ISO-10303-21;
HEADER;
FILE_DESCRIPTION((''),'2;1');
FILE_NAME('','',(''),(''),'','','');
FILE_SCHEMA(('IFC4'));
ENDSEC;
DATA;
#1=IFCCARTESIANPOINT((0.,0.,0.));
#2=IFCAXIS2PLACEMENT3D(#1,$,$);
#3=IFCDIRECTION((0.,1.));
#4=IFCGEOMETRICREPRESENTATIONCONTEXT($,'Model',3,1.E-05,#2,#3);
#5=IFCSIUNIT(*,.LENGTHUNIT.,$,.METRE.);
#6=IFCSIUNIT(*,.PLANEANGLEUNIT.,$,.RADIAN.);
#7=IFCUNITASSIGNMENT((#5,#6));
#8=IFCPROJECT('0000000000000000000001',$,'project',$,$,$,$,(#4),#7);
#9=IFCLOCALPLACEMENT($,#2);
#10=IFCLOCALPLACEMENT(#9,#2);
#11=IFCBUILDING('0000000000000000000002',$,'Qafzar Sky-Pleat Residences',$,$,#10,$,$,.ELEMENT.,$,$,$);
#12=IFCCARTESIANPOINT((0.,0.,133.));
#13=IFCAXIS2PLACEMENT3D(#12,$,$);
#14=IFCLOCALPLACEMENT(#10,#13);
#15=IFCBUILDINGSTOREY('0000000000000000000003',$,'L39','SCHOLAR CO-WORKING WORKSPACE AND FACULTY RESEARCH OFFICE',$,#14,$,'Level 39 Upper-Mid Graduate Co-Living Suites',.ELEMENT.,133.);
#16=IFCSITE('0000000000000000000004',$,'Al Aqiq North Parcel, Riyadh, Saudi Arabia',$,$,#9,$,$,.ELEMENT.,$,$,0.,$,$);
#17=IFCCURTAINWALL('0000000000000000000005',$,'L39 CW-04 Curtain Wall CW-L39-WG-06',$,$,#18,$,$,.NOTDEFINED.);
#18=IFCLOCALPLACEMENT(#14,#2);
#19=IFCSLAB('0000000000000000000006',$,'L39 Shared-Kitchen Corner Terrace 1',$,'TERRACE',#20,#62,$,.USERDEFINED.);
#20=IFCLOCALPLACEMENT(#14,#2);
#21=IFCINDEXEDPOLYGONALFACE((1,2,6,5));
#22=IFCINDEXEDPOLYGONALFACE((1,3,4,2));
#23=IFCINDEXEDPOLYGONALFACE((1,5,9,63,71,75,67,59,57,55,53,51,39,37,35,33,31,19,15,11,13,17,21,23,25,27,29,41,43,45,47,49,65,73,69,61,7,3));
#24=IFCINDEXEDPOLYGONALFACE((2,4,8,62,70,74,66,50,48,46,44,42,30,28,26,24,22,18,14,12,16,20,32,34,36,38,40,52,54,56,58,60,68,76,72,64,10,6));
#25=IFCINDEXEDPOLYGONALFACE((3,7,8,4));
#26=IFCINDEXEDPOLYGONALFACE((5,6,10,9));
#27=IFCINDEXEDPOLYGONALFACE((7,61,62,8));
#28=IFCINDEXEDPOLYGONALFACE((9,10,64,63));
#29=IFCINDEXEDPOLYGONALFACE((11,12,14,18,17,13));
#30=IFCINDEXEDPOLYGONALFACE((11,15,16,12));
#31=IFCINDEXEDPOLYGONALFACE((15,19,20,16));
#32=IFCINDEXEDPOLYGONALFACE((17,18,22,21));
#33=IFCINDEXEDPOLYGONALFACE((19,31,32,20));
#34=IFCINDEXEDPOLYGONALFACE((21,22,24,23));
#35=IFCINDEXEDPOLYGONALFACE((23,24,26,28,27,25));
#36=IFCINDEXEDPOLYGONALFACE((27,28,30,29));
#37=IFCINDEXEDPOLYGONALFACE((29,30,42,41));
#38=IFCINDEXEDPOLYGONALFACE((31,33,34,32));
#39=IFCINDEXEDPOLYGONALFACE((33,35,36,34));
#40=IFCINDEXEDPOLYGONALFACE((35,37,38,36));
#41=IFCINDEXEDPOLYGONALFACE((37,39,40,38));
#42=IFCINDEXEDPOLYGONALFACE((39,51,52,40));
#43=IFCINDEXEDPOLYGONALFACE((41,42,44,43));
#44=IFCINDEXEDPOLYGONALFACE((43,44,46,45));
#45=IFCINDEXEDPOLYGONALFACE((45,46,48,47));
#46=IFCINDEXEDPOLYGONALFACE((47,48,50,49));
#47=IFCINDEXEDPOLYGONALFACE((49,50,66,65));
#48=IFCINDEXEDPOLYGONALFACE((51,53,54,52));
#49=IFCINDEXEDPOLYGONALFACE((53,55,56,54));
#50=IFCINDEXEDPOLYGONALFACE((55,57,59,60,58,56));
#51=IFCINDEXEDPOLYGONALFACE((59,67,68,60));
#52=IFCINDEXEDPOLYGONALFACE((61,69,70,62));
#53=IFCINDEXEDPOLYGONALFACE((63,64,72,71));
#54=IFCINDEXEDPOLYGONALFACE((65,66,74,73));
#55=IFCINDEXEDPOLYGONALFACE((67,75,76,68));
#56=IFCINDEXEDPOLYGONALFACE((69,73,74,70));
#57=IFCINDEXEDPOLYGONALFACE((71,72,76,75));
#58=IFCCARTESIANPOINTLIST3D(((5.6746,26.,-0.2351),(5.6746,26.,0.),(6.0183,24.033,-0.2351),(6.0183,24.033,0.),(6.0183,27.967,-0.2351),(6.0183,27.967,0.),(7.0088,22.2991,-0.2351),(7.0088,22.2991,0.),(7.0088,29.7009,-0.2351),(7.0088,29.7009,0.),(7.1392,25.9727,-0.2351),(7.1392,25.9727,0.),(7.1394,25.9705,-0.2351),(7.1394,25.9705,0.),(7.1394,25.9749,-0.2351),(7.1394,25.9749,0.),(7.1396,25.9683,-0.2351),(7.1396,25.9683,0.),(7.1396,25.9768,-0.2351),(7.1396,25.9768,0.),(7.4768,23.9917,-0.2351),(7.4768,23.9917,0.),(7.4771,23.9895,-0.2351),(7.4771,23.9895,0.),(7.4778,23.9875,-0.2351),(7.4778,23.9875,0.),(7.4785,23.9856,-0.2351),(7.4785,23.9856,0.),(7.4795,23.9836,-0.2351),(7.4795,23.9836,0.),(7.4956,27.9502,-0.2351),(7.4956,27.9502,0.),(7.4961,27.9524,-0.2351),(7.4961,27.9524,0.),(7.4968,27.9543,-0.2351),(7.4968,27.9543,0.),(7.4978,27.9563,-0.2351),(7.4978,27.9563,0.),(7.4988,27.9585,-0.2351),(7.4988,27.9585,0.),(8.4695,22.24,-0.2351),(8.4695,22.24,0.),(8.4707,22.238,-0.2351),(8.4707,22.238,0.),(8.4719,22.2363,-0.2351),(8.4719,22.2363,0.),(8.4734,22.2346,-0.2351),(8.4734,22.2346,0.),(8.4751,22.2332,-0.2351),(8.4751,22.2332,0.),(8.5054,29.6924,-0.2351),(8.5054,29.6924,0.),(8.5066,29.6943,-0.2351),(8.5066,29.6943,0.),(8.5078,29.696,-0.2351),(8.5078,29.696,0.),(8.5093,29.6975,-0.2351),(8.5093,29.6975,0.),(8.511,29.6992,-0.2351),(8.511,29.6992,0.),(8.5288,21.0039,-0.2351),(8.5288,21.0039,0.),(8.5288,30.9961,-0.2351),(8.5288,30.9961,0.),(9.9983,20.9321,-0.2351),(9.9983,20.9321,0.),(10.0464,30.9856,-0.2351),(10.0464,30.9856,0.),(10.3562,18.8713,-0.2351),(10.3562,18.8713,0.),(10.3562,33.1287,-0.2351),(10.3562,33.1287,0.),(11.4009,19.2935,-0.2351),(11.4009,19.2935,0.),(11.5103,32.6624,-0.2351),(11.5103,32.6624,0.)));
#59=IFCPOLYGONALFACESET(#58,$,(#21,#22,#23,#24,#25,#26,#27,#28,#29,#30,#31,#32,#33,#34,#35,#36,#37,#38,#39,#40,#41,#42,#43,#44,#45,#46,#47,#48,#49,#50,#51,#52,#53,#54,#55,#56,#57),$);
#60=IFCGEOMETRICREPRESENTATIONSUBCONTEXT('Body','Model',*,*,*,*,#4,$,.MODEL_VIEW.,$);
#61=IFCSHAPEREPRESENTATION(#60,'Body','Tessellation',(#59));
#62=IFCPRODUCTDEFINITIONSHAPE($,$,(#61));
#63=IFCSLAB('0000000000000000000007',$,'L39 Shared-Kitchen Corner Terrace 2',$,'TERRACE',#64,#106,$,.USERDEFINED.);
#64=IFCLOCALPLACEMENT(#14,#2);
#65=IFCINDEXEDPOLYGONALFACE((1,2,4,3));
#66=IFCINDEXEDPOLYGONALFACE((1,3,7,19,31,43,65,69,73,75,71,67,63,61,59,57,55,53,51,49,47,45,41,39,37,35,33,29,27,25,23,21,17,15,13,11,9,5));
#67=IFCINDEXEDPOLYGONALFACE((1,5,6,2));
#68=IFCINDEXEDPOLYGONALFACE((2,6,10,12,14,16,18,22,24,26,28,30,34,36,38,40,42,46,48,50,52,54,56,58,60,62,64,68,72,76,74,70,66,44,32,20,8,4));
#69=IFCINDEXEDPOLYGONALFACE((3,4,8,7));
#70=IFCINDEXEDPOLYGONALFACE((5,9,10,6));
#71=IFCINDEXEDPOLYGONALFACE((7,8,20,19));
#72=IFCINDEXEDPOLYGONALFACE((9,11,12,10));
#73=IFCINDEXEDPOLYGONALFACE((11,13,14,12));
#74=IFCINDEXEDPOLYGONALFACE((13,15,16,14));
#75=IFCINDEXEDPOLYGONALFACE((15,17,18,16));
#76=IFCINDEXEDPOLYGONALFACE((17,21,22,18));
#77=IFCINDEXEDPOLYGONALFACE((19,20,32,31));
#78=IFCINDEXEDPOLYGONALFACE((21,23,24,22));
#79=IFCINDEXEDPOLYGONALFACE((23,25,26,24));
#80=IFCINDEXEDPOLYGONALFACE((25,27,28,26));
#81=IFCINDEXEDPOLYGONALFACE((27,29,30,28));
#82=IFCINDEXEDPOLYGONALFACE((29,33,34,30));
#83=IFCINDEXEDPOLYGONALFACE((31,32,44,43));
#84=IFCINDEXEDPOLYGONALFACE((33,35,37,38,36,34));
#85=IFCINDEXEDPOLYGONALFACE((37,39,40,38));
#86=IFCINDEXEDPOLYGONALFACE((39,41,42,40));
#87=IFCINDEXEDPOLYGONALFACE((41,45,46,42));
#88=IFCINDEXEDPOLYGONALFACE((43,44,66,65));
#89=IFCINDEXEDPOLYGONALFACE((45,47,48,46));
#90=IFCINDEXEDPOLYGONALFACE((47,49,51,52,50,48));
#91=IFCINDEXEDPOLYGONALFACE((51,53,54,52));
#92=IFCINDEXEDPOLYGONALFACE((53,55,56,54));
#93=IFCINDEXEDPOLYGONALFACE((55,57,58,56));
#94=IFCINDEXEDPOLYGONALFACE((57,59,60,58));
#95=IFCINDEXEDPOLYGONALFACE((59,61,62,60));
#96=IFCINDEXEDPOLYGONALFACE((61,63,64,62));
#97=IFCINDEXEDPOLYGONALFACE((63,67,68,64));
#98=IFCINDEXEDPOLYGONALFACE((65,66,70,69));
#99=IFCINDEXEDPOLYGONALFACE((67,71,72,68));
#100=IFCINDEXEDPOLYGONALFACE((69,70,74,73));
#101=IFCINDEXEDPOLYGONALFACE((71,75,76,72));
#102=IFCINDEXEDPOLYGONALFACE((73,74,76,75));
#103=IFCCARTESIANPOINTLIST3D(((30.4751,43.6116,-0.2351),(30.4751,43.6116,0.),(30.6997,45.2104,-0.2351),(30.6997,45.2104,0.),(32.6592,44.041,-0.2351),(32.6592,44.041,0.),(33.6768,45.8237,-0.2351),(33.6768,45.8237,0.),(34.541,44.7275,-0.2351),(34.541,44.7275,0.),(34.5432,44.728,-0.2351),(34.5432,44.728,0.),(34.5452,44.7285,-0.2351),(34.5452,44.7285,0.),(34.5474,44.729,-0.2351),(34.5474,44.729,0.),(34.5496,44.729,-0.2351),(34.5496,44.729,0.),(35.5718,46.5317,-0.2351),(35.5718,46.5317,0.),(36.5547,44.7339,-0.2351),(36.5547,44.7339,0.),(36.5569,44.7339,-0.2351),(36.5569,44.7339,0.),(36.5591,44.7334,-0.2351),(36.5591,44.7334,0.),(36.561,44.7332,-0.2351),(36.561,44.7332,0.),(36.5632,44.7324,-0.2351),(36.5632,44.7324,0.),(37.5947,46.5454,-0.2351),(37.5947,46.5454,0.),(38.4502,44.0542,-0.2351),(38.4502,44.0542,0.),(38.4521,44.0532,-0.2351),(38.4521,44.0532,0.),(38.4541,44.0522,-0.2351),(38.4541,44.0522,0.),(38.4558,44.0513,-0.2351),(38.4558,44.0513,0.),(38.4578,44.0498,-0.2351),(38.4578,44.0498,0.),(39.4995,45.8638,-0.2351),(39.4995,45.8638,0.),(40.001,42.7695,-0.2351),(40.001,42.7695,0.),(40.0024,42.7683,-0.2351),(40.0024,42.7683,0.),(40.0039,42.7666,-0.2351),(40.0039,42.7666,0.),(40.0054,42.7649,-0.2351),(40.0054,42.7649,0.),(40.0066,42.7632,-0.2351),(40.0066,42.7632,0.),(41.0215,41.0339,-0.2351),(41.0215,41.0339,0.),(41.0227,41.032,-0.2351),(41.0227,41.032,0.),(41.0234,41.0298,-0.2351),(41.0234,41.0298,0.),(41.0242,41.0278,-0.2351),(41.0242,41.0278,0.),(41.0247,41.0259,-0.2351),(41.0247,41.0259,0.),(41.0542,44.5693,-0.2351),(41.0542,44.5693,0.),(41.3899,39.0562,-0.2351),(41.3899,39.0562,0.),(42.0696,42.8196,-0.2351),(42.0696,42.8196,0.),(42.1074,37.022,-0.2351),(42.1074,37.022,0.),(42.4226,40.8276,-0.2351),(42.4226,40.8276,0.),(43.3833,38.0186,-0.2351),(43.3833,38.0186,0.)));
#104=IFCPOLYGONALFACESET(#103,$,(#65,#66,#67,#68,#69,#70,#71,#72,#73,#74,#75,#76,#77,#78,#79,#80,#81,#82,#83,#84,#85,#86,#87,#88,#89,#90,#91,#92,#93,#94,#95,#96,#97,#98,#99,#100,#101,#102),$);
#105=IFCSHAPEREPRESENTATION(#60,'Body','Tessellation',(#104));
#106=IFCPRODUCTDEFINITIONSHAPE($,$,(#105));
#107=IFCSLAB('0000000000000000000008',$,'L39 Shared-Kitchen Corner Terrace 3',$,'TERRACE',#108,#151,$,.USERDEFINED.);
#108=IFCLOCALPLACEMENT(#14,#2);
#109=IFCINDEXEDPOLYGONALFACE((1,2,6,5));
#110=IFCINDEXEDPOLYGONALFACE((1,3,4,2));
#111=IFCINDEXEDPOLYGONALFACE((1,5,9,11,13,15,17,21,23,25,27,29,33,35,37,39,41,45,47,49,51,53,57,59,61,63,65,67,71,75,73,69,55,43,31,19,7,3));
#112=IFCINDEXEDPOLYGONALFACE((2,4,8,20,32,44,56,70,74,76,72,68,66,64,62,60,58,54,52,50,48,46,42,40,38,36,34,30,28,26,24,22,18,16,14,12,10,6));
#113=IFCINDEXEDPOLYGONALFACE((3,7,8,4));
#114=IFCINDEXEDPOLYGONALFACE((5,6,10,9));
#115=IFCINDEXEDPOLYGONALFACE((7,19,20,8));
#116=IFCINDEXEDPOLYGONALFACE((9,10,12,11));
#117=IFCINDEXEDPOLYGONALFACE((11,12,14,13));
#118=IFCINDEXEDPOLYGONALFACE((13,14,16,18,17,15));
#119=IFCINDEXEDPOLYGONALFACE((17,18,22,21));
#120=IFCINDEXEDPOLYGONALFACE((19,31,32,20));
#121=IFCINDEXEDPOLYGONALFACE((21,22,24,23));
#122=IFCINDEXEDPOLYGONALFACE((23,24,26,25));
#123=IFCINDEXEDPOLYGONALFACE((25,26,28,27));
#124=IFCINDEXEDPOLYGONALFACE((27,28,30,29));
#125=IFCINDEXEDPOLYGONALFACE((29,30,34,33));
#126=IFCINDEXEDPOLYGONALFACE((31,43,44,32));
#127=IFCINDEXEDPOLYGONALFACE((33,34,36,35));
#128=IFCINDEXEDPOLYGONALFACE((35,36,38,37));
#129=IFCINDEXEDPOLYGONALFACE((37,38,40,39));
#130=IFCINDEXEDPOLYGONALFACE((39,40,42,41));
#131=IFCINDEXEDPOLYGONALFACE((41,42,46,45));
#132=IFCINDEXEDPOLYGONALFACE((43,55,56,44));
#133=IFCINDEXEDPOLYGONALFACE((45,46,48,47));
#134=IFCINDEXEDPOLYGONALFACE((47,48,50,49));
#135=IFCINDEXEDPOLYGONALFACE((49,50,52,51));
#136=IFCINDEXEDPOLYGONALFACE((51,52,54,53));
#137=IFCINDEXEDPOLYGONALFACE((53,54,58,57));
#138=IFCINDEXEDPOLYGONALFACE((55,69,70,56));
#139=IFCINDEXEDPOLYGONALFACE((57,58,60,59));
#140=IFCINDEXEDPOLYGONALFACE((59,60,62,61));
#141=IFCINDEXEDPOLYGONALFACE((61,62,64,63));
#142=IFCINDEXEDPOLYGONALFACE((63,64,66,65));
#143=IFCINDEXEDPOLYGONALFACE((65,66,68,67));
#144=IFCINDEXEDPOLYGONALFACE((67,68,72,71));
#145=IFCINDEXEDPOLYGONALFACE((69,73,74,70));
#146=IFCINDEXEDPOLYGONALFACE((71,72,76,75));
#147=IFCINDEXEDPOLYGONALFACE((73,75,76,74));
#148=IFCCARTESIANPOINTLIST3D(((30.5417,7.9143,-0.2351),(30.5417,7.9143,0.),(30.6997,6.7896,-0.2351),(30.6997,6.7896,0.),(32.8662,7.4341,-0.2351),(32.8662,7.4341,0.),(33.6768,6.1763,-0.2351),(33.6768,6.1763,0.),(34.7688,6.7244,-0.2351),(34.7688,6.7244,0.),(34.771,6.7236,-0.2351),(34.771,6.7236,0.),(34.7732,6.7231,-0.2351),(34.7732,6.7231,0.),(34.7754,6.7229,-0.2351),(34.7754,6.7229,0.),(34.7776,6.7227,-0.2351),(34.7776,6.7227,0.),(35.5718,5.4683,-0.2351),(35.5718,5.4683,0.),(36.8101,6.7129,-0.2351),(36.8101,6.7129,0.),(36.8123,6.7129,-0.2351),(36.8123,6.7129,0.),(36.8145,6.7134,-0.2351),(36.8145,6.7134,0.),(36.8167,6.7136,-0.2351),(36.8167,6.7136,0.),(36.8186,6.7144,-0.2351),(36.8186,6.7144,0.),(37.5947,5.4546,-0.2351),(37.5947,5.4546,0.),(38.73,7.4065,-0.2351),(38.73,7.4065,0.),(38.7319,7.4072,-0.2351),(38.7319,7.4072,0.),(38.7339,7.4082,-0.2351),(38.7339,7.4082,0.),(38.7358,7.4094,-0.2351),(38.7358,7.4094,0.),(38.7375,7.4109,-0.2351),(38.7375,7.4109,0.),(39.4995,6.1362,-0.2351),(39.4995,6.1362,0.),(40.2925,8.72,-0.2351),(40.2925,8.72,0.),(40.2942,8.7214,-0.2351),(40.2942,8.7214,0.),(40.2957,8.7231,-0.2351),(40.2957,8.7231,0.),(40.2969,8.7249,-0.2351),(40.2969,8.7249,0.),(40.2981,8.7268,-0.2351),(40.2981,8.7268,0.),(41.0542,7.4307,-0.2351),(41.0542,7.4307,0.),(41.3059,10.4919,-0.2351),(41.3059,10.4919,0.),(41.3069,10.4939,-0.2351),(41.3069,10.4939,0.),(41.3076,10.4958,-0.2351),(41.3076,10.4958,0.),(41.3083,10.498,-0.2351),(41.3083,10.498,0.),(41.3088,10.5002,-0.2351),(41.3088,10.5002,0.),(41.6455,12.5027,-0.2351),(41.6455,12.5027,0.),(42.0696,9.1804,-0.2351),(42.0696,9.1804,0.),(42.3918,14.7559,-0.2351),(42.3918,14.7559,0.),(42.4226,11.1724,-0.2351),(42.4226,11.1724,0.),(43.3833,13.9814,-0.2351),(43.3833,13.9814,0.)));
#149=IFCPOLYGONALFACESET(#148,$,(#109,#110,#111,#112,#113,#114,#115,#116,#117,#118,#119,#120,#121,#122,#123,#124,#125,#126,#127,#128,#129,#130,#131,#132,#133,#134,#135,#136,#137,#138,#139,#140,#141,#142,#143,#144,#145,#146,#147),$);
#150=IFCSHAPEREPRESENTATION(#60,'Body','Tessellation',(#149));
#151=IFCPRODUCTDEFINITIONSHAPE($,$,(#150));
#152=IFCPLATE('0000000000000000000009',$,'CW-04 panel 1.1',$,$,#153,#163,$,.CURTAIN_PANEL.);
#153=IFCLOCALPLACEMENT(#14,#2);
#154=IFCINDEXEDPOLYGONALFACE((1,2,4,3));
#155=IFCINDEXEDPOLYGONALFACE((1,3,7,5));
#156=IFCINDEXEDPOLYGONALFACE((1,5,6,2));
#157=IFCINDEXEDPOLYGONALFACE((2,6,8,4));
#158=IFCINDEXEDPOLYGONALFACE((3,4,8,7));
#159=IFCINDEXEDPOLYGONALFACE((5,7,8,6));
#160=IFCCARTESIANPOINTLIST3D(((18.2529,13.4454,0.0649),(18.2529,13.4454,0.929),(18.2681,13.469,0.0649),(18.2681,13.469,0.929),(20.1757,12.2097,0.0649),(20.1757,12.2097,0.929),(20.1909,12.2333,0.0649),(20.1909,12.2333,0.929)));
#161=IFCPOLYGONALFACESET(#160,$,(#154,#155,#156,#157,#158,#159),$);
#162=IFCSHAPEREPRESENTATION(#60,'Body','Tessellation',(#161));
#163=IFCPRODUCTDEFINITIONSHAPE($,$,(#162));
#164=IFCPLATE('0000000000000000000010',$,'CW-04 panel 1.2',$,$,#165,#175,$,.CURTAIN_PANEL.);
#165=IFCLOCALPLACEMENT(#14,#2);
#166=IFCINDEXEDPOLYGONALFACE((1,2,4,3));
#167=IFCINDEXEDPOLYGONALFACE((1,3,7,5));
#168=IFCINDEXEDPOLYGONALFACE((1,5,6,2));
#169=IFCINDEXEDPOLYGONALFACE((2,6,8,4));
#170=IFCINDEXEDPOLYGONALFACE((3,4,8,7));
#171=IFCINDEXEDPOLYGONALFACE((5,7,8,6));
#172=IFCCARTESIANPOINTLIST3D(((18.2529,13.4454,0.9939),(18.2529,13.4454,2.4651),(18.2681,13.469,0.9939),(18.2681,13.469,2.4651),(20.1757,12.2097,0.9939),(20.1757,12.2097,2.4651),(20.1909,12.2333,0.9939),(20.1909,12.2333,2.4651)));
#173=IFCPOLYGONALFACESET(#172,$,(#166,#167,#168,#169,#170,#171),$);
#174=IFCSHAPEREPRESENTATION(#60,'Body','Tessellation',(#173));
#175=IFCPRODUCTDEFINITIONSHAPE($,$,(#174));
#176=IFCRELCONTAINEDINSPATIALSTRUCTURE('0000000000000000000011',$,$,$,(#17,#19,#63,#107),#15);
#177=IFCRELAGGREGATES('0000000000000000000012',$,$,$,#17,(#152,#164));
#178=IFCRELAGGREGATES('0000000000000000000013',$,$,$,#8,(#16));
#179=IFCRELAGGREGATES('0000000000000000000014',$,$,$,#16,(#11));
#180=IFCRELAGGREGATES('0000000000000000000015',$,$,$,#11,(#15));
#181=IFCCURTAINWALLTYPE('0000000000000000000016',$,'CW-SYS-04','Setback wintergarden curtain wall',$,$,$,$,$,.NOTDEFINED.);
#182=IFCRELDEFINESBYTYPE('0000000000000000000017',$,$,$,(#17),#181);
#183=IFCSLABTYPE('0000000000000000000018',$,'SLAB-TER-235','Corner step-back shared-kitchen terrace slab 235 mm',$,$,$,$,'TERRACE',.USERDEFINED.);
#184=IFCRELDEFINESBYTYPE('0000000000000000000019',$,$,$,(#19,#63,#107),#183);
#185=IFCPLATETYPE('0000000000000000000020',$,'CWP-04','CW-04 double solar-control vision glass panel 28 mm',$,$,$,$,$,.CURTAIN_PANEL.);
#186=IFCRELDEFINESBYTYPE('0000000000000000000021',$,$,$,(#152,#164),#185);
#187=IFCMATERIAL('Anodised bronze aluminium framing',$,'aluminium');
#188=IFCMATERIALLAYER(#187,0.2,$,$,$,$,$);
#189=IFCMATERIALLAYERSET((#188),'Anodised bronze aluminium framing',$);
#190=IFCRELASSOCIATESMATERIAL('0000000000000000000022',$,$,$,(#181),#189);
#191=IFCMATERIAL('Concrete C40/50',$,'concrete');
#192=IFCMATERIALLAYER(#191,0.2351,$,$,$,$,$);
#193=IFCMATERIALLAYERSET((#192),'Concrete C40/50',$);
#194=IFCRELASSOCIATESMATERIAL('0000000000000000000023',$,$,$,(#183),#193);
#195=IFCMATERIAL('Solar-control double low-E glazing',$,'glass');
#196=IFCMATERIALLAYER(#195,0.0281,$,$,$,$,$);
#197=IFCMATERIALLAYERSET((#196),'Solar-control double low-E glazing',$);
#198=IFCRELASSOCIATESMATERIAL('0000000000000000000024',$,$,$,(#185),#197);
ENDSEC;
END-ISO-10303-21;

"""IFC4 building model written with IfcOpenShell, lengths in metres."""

from ifc_helpers import new_model, si_unit, direction, frame, origin, origin_2d, place, context, subcontext, project, spatial, polyline, rectangle, outline, extrude, source, transform, mapped, material, layer, layer_set, type_object, element, aggregate, save


model = new_model("IFC4")

# Units and contexts
model_context = context("Model", 3, precision=1e-05, world=origin(), true_north=direction((0.0, 1.0)))
body_context = subcontext(model_context, "Body", "Model", "MODEL_VIEW")
ifc_project = project(units=[si_unit("LENGTHUNIT", "METRE"), si_unit("PLANEANGLEUNIT", "RADIAN")], contexts=[model_context])

# Site, building, storey
site_placement = place(None, origin())
site = spatial("IfcSite", under=ifc_project, at=site_placement, Name="Al Aqiq North Parcel, Riyadh, Saudi Arabia", CompositionType="ELEMENT", RefElevation=0.0)
building_placement = place(site_placement, origin())
building = spatial("IfcBuilding", under=site, at=building_placement, Name="Qafzar Sky-Pleat Residences", CompositionType="ELEMENT")
storey_placement = place(building_placement, frame((0.0, 0.0, 133.0)))
storey = spatial("IfcBuildingStorey", under=building, at=storey_placement, Name="L39", Description="SCHOLAR CO-WORKING WORKSPACE AND FACULTY RESEARCH OFFICE", LongName="Level 39 Upper-Mid Graduate Co-Living Suites", CompositionType="ELEMENT", Elevation=133.0)

# Curtain wall
ifc_material_1 = material(Name="Anodised bronze aluminium framing", Category="aluminium")
ifc_layer_1 = layer(ifc_material_1, 0.2)
ifc_layer_set_1 = layer_set([ifc_layer_1], Name="Anodised bronze aluminium framing")
curtain_wall_type = type_object("IfcCurtainWallType", Name="CW-SYS-04", Description="Setback wintergarden curtain wall", PredefinedType="NOTDEFINED", material=ifc_layer_set_1)
curtain_wall_placement = place(storey_placement, origin())
curtain_wall = element("IfcCurtainWall", 1, at=curtain_wall_placement, inside=storey, type_object=curtain_wall_type, Name="L39 CW-04 Curtain Wall CW-L39-WG-06", PredefinedType="NOTDEFINED")

# Shared definitions
ifc_material_2 = material(Name="Concrete C40/50", Category="concrete")

# Slabs
ifc_layer_2 = layer(ifc_material_2, 0.2351)
ifc_layer_set_2 = layer_set([ifc_layer_2], Name="Concrete C40/50")
slab_type_1 = type_object("IfcSlabType", Name="SLAB-TER-235", Description="Corner step-back shared-kitchen terrace slab 235 mm", ElementType="TERRACE", PredefinedType="USERDEFINED", material=ifc_layer_set_2)
slab_1_placement = place(storey_placement, frame((0.0, 0.0, -0.2351)))
element("IfcSlab", 2, at=slab_1_placement, inside=storey, type_object=slab_type_1, Name="L39 Shared-Kitchen Corner Terrace 1", ObjectType="TERRACE", PredefinedType="USERDEFINED", context=body_context, shape_type="SweptSolid", body=[
    extrude(outline(polyline([(10.0464, 30.9856), (8.511, 29.6992), (8.5093, 29.6975), (8.5078, 29.696), (8.5066, 29.6943), (8.5054, 29.6924), (7.4988, 27.9585), (7.4978, 27.9563), (7.4968, 27.9543), (7.4961, 27.9524), (7.4956, 27.9502), (7.1396, 25.9768), (7.1394, 25.9749), (7.1392, 25.9727), (7.1394, 25.9705), (7.1396, 25.9683), (7.4768, 23.9917), (7.4771, 23.9895), (7.4778, 23.9875), (7.4785, 23.9856), (7.4795, 23.9836), (8.4695, 22.24), (8.4707, 22.238), (8.4719, 22.2363), (8.4734, 22.2346), (8.4751, 22.2332), (9.9983, 20.9321), (11.4009, 19.2935), (10.3562, 18.8713), (8.5288, 21.0039), (7.0088, 22.2991), (6.0183, 24.033), (5.6746, 26.0), (6.0183, 27.967), (7.0088, 29.7009), (8.5288, 30.9961), (10.3562, 33.1287), (11.5103, 32.6624), (10.0464, 30.9856)])), origin(), (0.0, 0.0, 1.0), 0.2351),
])
slab_2_placement = place(storey_placement, frame((0.0, 0.0, -0.2351)))
element("IfcSlab", 3, at=slab_2_placement, inside=storey, type_object=slab_type_1, Name="L39 Shared-Kitchen Corner Terrace 2", ObjectType="TERRACE", PredefinedType="USERDEFINED", context=body_context, shape_type="SweptSolid", body=[
    extrude(outline(polyline([(33.6768, 45.8237), (35.5718, 46.5317), (37.5947, 46.5454), (39.4995, 45.8638), (41.0542, 44.5693), (42.0696, 42.8196), (42.4226, 40.8276), (43.3833, 38.0186), (42.1074, 37.022), (41.3899, 39.0562), (41.0247, 41.0259), (41.0242, 41.0278), (41.0234, 41.0298), (41.0227, 41.032), (41.0215, 41.0339), (40.0066, 42.7632), (40.0054, 42.7649), (40.0039, 42.7666), (40.0024, 42.7683), (40.001, 42.7695), (38.4578, 44.0498), (38.4558, 44.0513), (38.4541, 44.0522), (38.4521, 44.0532), (38.4502, 44.0542), (36.5632, 44.7324), (36.561, 44.7332), (36.5591, 44.7334), (36.5569, 44.7339), (36.5547, 44.7339), (34.5496, 44.729), (34.5474, 44.729), (34.5452, 44.7285), (34.5432, 44.728), (34.541, 44.7275), (32.6592, 44.041), (30.4751, 43.6116), (30.6997, 45.2104), (33.6768, 45.8237)])), origin(), (0.0, 0.0, 1.0), 0.2351),
])
slab_3_placement = place(storey_placement, frame((0.0, 0.0, -0.2351)))
element("IfcSlab", 4, at=slab_3_placement, inside=storey, type_object=slab_type_1, Name="L39 Shared-Kitchen Corner Terrace 3", ObjectType="TERRACE", PredefinedType="USERDEFINED", context=body_context, shape_type="SweptSolid", body=[
    extrude(outline(polyline([(42.4226, 11.1724), (42.0696, 9.1804), (41.0542, 7.4307), (39.4995, 6.1362), (37.5947, 5.4546), (35.5718, 5.4683), (33.6768, 6.1763), (30.6997, 6.7896), (30.5417, 7.9143), (32.8662, 7.4341), (34.7688, 6.7244), (34.771, 6.7236), (34.7732, 6.7231), (34.7754, 6.7229), (34.7776, 6.7227), (36.8101, 6.7129), (36.8123, 6.7129), (36.8145, 6.7134), (36.8167, 6.7136), (36.8186, 6.7144), (38.73, 7.4065), (38.7319, 7.4072), (38.7339, 7.4082), (38.7358, 7.4094), (38.7375, 7.4109), (40.2925, 8.72), (40.2942, 8.7214), (40.2957, 8.7231), (40.2969, 8.7249), (40.2981, 8.7268), (41.3059, 10.4919), (41.3069, 10.4939), (41.3076, 10.4958), (41.3083, 10.498), (41.3088, 10.5002), (41.6455, 12.5027), (42.3918, 14.7559), (43.3833, 13.9814), (42.4226, 11.1724)])), origin(), (0.0, 0.0, 1.0), 0.2351),
])

# Plates
ifc_material_3 = material(Name="Solar-control double low-E glazing", Category="glass")
ifc_layer_3 = layer(ifc_material_3, 0.0281)
ifc_layer_set_3 = layer_set([ifc_layer_3], Name="Solar-control double low-E glazing")
plate_type = type_object("IfcPlateType", Name="CWP-04", Description="CW-04 double solar-control vision glass panel 28 mm", PredefinedType="CURTAIN_PANEL", material=ifc_layer_set_3)
shared_shape_1 = source(origin(), body_context, "Body", "SweptSolid", [
    extrude(rectangle(XDim=2.2856, YDim=0.0281, at=origin_2d()), origin(), (0.0, 0.0, 1.0), 0.864),
])
plate_1_placement = place(storey_placement, frame((19.2219, 12.8394, 0.0649), z_axis=(0.0, 0.0, 1.0), x_axis=(0.841244, -0.540655, 0.0)))
plate_1 = element("IfcPlate", 5, at=plate_1_placement, type_object=plate_type, Name="CW-04 panel 1.1", PredefinedType="CURTAIN_PANEL", context=body_context, shape_type="MappedRepresentation", body=[
    mapped(shared_shape_1, transform((0.0, 0.0, 0.0), x_axis=(1.0, 0.0, 0.0), y_axis=(0.0, 1.0, 0.0), z_axis=(0.0, 0.0, 1.0), scale=1.0)),
])
shared_shape_2 = source(origin(), body_context, "Body", "SweptSolid", [
    extrude(rectangle(XDim=2.2856, YDim=0.0281, at=origin_2d()), origin(), (0.0, 0.0, 1.0), 1.4712),
])
plate_2_placement = place(storey_placement, frame((19.2219, 12.8394, 0.9939), z_axis=(0.0, 0.0, 1.0), x_axis=(0.841244, -0.540655, 0.0)))
plate_2 = element("IfcPlate", 6, at=plate_2_placement, type_object=plate_type, Name="CW-04 panel 1.2", PredefinedType="CURTAIN_PANEL", context=body_context, shape_type="MappedRepresentation", body=[
    mapped(shared_shape_2, transform((0.0, 0.0, 0.0), x_axis=(1.0, 0.0, 0.0), y_axis=(0.0, 1.0, 0.0), z_axis=(0.0, 0.0, 1.0), scale=1.0)),
])
aggregate(curtain_wall, [plate_1, plate_2])

save(model, "model.ifc")
